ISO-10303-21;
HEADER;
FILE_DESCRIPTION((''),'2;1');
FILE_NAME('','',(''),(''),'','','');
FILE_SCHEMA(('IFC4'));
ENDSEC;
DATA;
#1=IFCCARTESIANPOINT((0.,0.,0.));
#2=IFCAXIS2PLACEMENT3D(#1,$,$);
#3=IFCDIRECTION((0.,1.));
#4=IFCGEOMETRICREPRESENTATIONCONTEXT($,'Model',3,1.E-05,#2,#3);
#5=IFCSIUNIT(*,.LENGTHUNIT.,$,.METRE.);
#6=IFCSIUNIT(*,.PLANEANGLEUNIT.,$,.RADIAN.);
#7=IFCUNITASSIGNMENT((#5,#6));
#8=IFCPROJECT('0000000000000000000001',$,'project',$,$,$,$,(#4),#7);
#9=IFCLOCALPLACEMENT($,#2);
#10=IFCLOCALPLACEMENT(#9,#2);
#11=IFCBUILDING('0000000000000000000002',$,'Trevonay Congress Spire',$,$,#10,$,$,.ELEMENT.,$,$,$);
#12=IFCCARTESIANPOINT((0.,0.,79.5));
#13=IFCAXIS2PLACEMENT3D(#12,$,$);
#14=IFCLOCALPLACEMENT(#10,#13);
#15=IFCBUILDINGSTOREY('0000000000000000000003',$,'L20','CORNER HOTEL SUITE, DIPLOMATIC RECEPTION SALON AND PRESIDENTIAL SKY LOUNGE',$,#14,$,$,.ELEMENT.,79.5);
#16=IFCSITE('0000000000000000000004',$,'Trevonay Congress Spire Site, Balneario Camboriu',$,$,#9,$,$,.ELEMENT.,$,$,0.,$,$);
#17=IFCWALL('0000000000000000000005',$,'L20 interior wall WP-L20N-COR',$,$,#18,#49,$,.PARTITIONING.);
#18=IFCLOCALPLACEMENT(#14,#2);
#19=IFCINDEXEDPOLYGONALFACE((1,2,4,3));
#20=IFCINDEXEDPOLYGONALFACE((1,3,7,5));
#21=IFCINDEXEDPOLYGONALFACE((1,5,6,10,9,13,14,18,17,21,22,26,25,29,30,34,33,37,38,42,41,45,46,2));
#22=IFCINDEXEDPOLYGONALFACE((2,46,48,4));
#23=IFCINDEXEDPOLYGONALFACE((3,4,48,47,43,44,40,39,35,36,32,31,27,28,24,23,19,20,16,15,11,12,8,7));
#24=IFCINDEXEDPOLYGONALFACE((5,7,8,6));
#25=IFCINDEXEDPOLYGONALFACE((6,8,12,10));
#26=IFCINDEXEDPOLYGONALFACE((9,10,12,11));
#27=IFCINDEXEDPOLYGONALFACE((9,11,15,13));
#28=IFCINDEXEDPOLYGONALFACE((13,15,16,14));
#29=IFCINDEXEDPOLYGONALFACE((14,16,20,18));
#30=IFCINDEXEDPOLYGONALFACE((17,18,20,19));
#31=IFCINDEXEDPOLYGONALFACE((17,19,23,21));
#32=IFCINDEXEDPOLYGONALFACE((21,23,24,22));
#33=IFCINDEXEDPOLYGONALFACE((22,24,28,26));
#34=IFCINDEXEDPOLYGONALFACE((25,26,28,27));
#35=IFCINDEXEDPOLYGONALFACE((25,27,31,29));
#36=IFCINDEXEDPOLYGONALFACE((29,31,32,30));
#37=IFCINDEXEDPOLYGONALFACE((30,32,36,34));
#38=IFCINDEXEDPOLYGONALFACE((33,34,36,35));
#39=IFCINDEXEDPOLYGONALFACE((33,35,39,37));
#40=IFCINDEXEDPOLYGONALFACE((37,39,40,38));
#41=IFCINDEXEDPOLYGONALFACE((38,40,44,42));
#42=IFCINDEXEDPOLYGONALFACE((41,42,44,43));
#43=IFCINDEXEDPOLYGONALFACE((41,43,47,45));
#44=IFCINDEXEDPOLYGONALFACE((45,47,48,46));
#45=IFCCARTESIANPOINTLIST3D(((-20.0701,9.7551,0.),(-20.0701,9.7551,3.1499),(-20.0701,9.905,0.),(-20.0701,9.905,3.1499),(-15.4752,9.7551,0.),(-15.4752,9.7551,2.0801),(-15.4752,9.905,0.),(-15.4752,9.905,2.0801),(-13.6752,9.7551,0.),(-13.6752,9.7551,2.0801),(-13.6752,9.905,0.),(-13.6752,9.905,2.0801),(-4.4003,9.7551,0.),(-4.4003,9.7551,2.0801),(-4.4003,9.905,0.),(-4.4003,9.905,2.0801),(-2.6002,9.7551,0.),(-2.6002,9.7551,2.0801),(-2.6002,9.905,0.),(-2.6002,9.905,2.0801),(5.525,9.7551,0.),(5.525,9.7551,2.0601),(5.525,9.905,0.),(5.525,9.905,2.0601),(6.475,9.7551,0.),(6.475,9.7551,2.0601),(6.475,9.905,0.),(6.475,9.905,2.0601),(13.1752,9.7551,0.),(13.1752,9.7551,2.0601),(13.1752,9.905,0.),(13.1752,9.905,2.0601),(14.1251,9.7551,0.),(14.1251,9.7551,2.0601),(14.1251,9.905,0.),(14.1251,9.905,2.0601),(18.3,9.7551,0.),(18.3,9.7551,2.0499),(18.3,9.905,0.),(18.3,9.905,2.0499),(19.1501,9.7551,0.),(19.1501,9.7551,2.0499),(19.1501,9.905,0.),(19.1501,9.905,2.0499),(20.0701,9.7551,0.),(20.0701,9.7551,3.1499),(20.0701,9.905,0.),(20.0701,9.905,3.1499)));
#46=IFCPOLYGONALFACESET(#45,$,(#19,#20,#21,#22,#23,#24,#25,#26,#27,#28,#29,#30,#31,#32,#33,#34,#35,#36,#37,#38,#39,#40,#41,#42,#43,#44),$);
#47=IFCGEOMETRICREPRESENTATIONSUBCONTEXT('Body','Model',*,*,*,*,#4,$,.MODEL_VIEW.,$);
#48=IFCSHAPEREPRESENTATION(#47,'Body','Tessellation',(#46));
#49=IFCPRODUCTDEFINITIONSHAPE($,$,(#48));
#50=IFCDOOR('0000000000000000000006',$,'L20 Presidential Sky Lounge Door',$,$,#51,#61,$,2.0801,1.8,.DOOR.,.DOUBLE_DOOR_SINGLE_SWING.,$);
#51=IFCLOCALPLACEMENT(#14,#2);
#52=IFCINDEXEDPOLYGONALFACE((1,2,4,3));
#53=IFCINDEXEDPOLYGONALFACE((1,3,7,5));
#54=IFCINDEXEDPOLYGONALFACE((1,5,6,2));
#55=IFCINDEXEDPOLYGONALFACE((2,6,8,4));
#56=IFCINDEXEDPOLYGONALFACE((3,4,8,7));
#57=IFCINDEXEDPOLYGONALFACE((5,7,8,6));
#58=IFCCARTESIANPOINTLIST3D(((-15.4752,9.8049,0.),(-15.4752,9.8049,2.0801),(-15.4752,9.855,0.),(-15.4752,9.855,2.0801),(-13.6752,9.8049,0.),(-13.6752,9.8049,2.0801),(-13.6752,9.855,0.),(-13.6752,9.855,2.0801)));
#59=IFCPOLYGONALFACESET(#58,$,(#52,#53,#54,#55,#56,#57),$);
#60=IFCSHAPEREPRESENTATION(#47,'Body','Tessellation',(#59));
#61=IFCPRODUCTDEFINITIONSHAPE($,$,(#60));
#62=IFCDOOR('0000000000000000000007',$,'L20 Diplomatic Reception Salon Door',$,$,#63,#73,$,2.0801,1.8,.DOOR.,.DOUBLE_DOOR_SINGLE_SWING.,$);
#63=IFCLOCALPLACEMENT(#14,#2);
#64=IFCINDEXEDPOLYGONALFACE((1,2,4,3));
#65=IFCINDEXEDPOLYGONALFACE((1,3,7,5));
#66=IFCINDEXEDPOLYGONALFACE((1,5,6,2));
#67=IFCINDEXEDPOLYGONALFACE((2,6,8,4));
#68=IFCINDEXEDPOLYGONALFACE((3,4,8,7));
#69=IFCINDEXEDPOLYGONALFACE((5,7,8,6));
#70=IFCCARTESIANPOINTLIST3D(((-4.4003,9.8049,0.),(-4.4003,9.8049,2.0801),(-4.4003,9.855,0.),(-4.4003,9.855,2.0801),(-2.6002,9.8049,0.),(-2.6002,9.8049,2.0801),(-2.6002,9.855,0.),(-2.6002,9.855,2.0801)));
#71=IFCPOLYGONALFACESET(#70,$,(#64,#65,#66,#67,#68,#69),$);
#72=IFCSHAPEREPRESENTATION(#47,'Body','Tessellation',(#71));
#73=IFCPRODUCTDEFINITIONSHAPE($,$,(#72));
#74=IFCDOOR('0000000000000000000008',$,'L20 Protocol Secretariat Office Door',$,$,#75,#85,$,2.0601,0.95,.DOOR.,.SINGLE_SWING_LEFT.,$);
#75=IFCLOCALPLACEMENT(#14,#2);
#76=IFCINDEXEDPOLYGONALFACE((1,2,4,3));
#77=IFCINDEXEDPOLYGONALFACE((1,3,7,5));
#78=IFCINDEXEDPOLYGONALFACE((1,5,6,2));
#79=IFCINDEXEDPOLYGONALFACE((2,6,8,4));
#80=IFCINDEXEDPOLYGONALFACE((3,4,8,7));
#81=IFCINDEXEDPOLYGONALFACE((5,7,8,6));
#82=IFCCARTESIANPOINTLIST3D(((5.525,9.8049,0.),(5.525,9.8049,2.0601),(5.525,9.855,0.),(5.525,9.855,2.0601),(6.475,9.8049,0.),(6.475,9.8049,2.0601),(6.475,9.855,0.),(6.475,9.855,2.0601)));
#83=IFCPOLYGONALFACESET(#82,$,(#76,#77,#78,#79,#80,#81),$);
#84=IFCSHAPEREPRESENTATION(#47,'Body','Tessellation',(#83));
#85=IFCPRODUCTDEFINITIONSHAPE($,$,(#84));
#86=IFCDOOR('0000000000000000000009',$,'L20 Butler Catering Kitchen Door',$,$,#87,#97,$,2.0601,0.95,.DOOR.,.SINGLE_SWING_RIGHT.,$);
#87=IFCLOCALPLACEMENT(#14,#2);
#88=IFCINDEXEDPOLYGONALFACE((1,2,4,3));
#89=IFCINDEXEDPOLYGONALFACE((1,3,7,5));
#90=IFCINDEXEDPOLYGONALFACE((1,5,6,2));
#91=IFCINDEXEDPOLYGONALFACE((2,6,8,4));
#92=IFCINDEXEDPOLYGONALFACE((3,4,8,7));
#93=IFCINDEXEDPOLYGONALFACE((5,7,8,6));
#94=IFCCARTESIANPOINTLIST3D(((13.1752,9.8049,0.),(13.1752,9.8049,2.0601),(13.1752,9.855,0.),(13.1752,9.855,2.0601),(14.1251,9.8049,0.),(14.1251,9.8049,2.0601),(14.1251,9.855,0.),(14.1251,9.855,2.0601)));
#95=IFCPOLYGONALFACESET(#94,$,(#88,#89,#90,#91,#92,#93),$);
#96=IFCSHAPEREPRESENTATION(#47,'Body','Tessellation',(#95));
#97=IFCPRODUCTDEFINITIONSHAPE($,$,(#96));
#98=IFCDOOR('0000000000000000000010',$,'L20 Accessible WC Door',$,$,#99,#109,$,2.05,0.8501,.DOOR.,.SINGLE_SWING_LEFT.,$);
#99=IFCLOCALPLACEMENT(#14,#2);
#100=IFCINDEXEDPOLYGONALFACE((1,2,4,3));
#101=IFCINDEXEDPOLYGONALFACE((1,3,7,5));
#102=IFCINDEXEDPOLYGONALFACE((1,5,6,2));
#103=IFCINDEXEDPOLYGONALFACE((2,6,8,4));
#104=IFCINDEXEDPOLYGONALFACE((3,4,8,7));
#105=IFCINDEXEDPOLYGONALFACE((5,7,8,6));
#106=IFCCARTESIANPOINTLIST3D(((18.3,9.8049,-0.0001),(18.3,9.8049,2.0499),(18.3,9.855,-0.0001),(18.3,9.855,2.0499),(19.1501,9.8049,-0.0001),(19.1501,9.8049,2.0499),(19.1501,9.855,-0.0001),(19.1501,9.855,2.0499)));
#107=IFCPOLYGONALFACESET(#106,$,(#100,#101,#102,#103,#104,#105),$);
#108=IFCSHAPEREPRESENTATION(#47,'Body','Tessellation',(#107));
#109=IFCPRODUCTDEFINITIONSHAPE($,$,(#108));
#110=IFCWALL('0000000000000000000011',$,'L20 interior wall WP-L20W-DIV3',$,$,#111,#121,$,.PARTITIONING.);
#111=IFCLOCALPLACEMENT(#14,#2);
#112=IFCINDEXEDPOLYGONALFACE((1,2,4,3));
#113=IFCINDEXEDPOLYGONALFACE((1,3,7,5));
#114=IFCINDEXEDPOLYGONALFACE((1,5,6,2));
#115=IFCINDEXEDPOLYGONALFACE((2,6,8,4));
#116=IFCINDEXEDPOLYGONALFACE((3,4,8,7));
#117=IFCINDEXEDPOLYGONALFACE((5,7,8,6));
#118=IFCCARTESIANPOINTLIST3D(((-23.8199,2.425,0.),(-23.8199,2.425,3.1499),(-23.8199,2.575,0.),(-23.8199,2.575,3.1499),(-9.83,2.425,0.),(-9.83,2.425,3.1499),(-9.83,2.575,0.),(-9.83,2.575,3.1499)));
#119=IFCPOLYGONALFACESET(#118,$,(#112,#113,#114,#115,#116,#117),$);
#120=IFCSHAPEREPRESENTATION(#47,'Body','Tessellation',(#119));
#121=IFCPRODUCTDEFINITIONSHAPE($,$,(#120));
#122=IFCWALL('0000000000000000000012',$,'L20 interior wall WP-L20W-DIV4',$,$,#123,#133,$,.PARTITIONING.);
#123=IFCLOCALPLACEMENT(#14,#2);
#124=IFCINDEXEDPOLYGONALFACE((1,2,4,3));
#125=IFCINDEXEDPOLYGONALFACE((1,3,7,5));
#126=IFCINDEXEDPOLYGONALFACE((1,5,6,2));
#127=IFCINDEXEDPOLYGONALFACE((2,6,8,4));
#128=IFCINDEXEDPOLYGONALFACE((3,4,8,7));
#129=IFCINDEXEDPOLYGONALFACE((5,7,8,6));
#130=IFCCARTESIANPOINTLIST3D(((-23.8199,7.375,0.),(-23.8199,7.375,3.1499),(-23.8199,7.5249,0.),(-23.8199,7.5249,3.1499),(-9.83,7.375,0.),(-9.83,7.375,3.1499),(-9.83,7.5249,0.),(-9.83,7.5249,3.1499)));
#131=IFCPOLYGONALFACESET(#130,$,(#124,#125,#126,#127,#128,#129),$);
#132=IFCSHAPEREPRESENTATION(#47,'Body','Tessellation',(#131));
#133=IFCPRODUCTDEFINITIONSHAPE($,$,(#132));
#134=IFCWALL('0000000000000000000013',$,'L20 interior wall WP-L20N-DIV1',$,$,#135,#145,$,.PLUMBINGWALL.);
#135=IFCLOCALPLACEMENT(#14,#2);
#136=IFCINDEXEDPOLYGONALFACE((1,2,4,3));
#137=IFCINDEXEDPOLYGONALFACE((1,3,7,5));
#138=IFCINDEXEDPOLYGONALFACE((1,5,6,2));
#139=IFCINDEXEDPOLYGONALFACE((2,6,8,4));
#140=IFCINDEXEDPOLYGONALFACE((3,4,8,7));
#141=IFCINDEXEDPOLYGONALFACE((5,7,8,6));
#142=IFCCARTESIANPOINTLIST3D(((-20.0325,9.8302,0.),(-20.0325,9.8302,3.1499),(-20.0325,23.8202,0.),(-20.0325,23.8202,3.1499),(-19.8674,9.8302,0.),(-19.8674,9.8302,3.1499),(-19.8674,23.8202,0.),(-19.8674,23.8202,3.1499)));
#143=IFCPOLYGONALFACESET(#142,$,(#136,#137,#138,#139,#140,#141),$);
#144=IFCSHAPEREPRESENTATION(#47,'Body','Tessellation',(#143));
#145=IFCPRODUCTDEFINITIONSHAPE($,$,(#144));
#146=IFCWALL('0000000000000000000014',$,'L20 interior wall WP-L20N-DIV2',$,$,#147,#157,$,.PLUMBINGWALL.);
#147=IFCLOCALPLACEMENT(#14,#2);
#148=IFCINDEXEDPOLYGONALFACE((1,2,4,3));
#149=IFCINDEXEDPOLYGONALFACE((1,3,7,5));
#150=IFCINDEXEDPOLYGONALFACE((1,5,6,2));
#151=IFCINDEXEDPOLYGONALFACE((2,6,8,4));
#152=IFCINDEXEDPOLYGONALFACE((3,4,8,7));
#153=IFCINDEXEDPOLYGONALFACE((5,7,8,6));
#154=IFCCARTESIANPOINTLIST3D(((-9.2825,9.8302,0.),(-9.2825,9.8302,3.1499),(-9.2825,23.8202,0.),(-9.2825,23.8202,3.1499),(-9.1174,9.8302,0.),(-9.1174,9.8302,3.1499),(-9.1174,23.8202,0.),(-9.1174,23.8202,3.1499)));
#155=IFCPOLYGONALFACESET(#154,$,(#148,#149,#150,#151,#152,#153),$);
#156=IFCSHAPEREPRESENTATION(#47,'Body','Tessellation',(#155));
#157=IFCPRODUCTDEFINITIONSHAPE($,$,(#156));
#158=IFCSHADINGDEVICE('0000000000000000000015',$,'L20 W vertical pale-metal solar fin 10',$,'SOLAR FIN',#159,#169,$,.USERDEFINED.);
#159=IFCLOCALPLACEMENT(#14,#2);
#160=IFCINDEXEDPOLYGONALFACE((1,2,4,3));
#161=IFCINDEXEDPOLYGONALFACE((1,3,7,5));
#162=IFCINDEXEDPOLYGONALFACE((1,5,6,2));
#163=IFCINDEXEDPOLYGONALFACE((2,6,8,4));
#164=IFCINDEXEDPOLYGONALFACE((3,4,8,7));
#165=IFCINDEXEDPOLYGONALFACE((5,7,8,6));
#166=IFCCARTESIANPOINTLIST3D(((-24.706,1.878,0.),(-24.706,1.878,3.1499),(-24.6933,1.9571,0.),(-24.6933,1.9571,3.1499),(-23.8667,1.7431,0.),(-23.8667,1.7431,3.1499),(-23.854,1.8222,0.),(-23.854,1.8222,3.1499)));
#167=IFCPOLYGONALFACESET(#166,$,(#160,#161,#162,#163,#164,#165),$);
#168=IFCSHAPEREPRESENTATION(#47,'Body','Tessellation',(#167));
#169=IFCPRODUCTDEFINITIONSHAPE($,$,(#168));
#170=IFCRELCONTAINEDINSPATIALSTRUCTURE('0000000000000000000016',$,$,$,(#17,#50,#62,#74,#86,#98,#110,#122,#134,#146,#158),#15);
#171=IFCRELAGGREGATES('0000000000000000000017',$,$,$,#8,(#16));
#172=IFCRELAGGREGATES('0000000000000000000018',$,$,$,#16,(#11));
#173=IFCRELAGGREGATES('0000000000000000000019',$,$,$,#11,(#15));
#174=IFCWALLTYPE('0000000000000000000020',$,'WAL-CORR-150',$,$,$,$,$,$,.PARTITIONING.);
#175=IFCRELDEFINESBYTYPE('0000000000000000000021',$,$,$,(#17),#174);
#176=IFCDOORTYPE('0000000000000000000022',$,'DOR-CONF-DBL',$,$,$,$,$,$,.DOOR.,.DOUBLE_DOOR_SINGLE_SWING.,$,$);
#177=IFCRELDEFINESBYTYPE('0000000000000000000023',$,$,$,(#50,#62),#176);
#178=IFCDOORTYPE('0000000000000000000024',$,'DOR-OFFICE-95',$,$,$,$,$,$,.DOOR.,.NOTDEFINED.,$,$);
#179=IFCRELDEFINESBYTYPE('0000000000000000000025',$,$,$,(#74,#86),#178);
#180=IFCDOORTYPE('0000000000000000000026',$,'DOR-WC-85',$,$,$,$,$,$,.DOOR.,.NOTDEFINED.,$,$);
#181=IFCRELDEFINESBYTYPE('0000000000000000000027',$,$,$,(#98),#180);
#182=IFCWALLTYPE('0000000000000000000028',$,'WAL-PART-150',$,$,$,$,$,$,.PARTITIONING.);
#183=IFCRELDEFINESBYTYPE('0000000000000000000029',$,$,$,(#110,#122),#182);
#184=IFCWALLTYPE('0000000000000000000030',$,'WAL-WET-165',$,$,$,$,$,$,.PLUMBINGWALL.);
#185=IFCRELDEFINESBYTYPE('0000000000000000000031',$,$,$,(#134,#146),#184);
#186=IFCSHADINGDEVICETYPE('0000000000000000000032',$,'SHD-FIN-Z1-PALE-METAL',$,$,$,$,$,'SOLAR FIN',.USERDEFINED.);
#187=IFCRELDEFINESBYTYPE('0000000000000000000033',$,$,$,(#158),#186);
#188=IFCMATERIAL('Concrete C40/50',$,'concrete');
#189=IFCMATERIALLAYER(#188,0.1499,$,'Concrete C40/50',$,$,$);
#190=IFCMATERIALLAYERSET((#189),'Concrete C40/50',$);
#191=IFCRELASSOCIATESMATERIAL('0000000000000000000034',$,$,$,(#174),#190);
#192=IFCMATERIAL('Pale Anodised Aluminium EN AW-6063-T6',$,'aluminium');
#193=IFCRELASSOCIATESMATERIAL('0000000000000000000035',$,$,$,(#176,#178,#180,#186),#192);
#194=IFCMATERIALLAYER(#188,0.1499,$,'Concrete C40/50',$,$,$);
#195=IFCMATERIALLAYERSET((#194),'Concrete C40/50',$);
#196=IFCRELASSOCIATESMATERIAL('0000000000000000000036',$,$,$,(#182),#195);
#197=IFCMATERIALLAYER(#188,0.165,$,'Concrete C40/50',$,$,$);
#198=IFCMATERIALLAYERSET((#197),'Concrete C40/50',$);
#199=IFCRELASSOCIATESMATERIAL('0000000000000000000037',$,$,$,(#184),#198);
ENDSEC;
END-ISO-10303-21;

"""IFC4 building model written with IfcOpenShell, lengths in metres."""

from ifc_helpers import new_model, si_unit, direction, frame, frame_2d, origin, origin_2d, place, context, subcontext, project, spatial, rectangle, extrude, material, layer, layer_set, type_object, element, fill, save


model = new_model("IFC4")

# Units and contexts
model_context = context("Model", 3, precision=1e-05, world=origin(), true_north=direction((0.0, 1.0)))
body_context = subcontext(model_context, "Body", "Model", "MODEL_VIEW")
ifc_project = project(units=[si_unit("LENGTHUNIT", "METRE"), si_unit("PLANEANGLEUNIT", "RADIAN")], contexts=[model_context])

# Site, building, storey
site_placement = place(None, origin())
site = spatial("IfcSite", under=ifc_project, at=site_placement, Name="Trevonay Congress Spire Site, Balneario Camboriu", CompositionType="ELEMENT", RefElevation=0.0)
building_placement = place(site_placement, origin())
building = spatial("IfcBuilding", under=site, at=building_placement, Name="Trevonay Congress Spire", CompositionType="ELEMENT")
storey_placement = place(building_placement, frame((0.0, 0.0, 79.5)))
storey = spatial("IfcBuildingStorey", under=building, at=storey_placement, Name="L20", Description="CORNER HOTEL SUITE, DIPLOMATIC RECEPTION SALON AND PRESIDENTIAL SKY LOUNGE", CompositionType="ELEMENT", Elevation=79.5)

# Shared definitions
ifc_material_1 = material(Name="Pale Anodised Aluminium EN AW-6063-T6", Category="aluminium")

# Wall, openings, doors
ifc_material_2 = material(Name="Concrete C40/50", Category="concrete")
ifc_layer_1 = layer(ifc_material_2, 0.1499, Name="Concrete C40/50")
ifc_layer_set_1 = layer_set([ifc_layer_1], Name="Concrete C40/50")
wall_type_1 = type_object("IfcWallType", Name="WAL-CORR-150", PredefinedType="PARTITIONING", material=ifc_layer_set_1)
wall_placement = place(storey_placement, frame((-20.0701, 9.8301, 0.0), z_axis=(0.0, 0.0, 1.0), x_axis=(1.0, 0.0, 0.0)))
wall = element("IfcWall", 1, at=wall_placement, inside=storey, type_object=wall_type_1, Name="L20 interior wall WP-L20N-COR", PredefinedType="PARTITIONING", context=body_context, shape_type="SweptSolid", body=[
    extrude(rectangle(XDim=40.1401, YDim=0.1499, at=frame_2d((20.0701, 0.0))), origin(), (0.0, 0.0, 1.0), 3.1499),
])
opening_1_placement = place(wall_placement, frame((4.595, 0.0, 0.0)))
opening_1 = element("IfcOpeningElement", 2, at=opening_1_placement, cuts=wall, PredefinedType="OPENING", context=body_context, shape_type="SweptSolid", body=[
    extrude(rectangle(XDim=1.8, YDim=2.0801, at=frame_2d((0.8999, 1.04))), frame((0.0, 0.085, 0.0), z_axis=(0.0, -1.0, 0.0), x_axis=(1.0, 0.0, 0.0)), (0.0, 0.0, 1.0), 0.1699),
])
opening_2_placement = place(wall_placement, frame((15.6699, 0.0, 0.0)))
opening_2 = element("IfcOpeningElement", 3, at=opening_2_placement, cuts=wall, PredefinedType="OPENING", context=body_context, shape_type="SweptSolid", body=[
    extrude(rectangle(XDim=1.8, YDim=2.0801, at=frame_2d((0.8999, 1.04))), frame((0.0, 0.085, 0.0), z_axis=(0.0, -1.0, 0.0), x_axis=(1.0, 0.0, 0.0)), (0.0, 0.0, 1.0), 0.1699),
])
opening_3_placement = place(wall_placement, frame((25.595, 0.0, 0.0)))
opening_3 = element("IfcOpeningElement", 4, at=opening_3_placement, cuts=wall, PredefinedType="OPENING", context=body_context, shape_type="SweptSolid", body=[
    extrude(rectangle(XDim=0.95, YDim=2.0601, at=frame_2d((0.4751, 1.03))), frame((0.0, 0.085, 0.0), z_axis=(0.0, -1.0, 0.0), x_axis=(1.0, 0.0, 0.0)), (0.0, 0.0, 1.0), 0.1699),
])
opening_4_placement = place(wall_placement, frame((33.2451, 0.0, 0.0)))
opening_4 = element("IfcOpeningElement", 5, at=opening_4_placement, cuts=wall, PredefinedType="OPENING", context=body_context, shape_type="SweptSolid", body=[
    extrude(rectangle(XDim=0.95, YDim=2.0601, at=frame_2d((0.4751, 1.03))), frame((0.0, 0.085, 0.0), z_axis=(0.0, -1.0, 0.0), x_axis=(1.0, 0.0, 0.0)), (0.0, 0.0, 1.0), 0.1699),
])
opening_5_placement = place(wall_placement, frame((38.3701, 0.0, 0.0)))
opening_5 = element("IfcOpeningElement", 6, at=opening_5_placement, cuts=wall, PredefinedType="OPENING", context=body_context, shape_type="SweptSolid", body=[
    extrude(rectangle(XDim=0.8501, YDim=2.05, at=frame_2d((0.425, 1.0249))), frame((0.0, 0.085, 0.0), z_axis=(0.0, -1.0, 0.0), x_axis=(1.0, 0.0, 0.0)), (0.0, 0.0, 1.0), 0.1699),
])
door_type_1 = type_object("IfcDoorType", Name="DOR-CONF-DBL", OperationType="DOUBLE_DOOR_SINGLE_SWING", PredefinedType="DOOR", material=ifc_material_1)
door_1_placement = place(opening_1_placement, origin())
door_1 = element("IfcDoor", 7, at=door_1_placement, inside=storey, type_object=door_type_1, Name="L20 Presidential Sky Lounge Door", OperationType="DOUBLE_DOOR_SINGLE_SWING", OverallHeight=2.0801, OverallWidth=1.8, PredefinedType="DOOR", context=body_context, shape_type="SweptSolid", body=[
    extrude(rectangle(XDim=1.8, YDim=2.0801, at=frame_2d((0.8999, 1.04))), frame((0.0, 0.0249, 0.0), z_axis=(0.0, -1.0, 0.0), x_axis=(1.0, 0.0, 0.0)), (0.0, 0.0, 1.0), 0.05),
])
fill(opening_1, door_1)
door_2_placement = place(opening_2_placement, origin())
door_2 = element("IfcDoor", 8, at=door_2_placement, inside=storey, type_object=door_type_1, Name="L20 Diplomatic Reception Salon Door", OperationType="DOUBLE_DOOR_SINGLE_SWING", OverallHeight=2.0801, OverallWidth=1.8, PredefinedType="DOOR", context=body_context, shape_type="SweptSolid", body=[
    extrude(rectangle(XDim=1.8, YDim=2.0801, at=frame_2d((0.8999, 1.04))), frame((0.0, 0.0249, 0.0), z_axis=(0.0, -1.0, 0.0), x_axis=(1.0, 0.0, 0.0)), (0.0, 0.0, 1.0), 0.05),
])
fill(opening_2, door_2)
door_type_2 = type_object("IfcDoorType", Name="DOR-OFFICE-95", OperationType="NOTDEFINED", PredefinedType="DOOR", material=ifc_material_1)
door_3_placement = place(opening_3_placement, origin())
door_3 = element("IfcDoor", 9, at=door_3_placement, inside=storey, type_object=door_type_2, Name="L20 Protocol Secretariat Office Door", OperationType="SINGLE_SWING_LEFT", OverallHeight=2.0601, OverallWidth=0.95, PredefinedType="DOOR", context=body_context, shape_type="SweptSolid", body=[
    extrude(rectangle(XDim=0.95, YDim=2.0601, at=frame_2d((0.4751, 1.03))), frame((0.0, 0.0249, 0.0), z_axis=(0.0, -1.0, 0.0), x_axis=(1.0, 0.0, 0.0)), (0.0, 0.0, 1.0), 0.05),
])
fill(opening_3, door_3)
door_4_placement = place(opening_4_placement, origin())
door_4 = element("IfcDoor", 10, at=door_4_placement, inside=storey, type_object=door_type_2, Name="L20 Butler Catering Kitchen Door", OperationType="SINGLE_SWING_RIGHT", OverallHeight=2.0601, OverallWidth=0.95, PredefinedType="DOOR", context=body_context, shape_type="SweptSolid", body=[
    extrude(rectangle(XDim=0.95, YDim=2.0601, at=frame_2d((0.4751, 1.03))), frame((0.0, 0.0249, 0.0), z_axis=(0.0, -1.0, 0.0), x_axis=(1.0, 0.0, 0.0)), (0.0, 0.0, 1.0), 0.05),
])
fill(opening_4, door_4)
door_type_3 = type_object("IfcDoorType", Name="DOR-WC-85", OperationType="NOTDEFINED", PredefinedType="DOOR", material=ifc_material_1)
door_5_placement = place(opening_5_placement, origin())
door_5 = element("IfcDoor", 11, at=door_5_placement, inside=storey, type_object=door_type_3, Name="L20 Accessible WC Door", OperationType="SINGLE_SWING_LEFT", OverallHeight=2.05, OverallWidth=0.8501, PredefinedType="DOOR", context=body_context, shape_type="SweptSolid", body=[
    extrude(rectangle(XDim=0.8501, YDim=2.05, at=frame_2d((0.425, 1.0249))), frame((0.0, 0.0249, 0.0), z_axis=(0.0, -1.0, 0.0), x_axis=(1.0, 0.0, 0.0)), (0.0, 0.0, 1.0), 0.05),
])
fill(opening_5, door_5)

# Walls
ifc_layer_2 = layer(ifc_material_2, 0.1499, Name="Concrete C40/50")
ifc_layer_set_2 = layer_set([ifc_layer_2], Name="Concrete C40/50")
wall_type_2 = type_object("IfcWallType", Name="WAL-PART-150", PredefinedType="PARTITIONING", material=ifc_layer_set_2)
for number, where, z_axis, x_axis, name in (
    (12, (-23.8201, 2.5, 0.0), (0.0, 0.0, 1.0), (1.0, 0.0, 0.0), "L20 interior wall WP-L20W-DIV3"),
    (13, (-23.8201, 7.45, 0.0), (0.0, 0.0, 1.0), (1.0, 0.0, 0.0), "L20 interior wall WP-L20W-DIV4"),
):
    element("IfcWall", number, at=place(storey_placement, frame(where, z_axis=z_axis, x_axis=x_axis)), inside=storey, type_object=wall_type_2, Name=name, PredefinedType="PARTITIONING", context=body_context, shape_type="SweptSolid", body=[
        extrude(rectangle(XDim=13.99, YDim=0.1499, at=frame_2d((6.9951, 0.0))), origin(), (0.0, 0.0, 1.0), 3.1499),
    ])
ifc_layer_3 = layer(ifc_material_2, 0.165, Name="Concrete C40/50")
ifc_layer_set_3 = layer_set([ifc_layer_3], Name="Concrete C40/50")
wall_type_3 = type_object("IfcWallType", Name="WAL-WET-165", PredefinedType="PLUMBINGWALL", material=ifc_layer_set_3)
for number, where, z_axis, x_axis, name in (
    (14, (-19.95, 9.8301, 0.0), (0.0, 0.0, 1.0), (0.0, 1.0, 0.0), "L20 interior wall WP-L20N-DIV1"),
    (15, (-9.2, 9.8301, 0.0), (0.0, 0.0, 1.0), (0.0, 1.0, 0.0), "L20 interior wall WP-L20N-DIV2"),
):
    element("IfcWall", number, at=place(storey_placement, frame(where, z_axis=z_axis, x_axis=x_axis)), inside=storey, type_object=wall_type_3, Name=name, PredefinedType="PLUMBINGWALL", context=body_context, shape_type="SweptSolid", body=[
        extrude(rectangle(XDim=13.99, YDim=0.165, at=frame_2d((6.9951, 0.0))), origin(), (0.0, 0.0, 1.0), 3.1499),
    ])

# Shading device
shading_device_type = type_object("IfcShadingDeviceType", Name="SHD-FIN-Z1-PALE-METAL", ElementType="SOLAR FIN", PredefinedType="USERDEFINED", material=ifc_material_1)
for number, where, z_axis, x_axis, name in (
    (16, (-24.28, 1.8501, 0.0), (0.0, 0.0, 1.0), (0.158675, 0.987331, 0.0), "L20 W vertical pale-metal solar fin 10"),
):
    element("IfcShadingDevice", number, at=place(storey_placement, frame(where, z_axis=z_axis, x_axis=x_axis)), inside=storey, type_object=shading_device_type, Name=name, ObjectType="SOLAR FIN", PredefinedType="USERDEFINED", context=body_context, shape_type="SweptSolid", body=[
        extrude(rectangle(XDim=0.0801, YDim=0.8501, at=origin_2d()), origin(), (0.0, 0.0, 1.0), 3.1499),
    ])

save(model, "model.ifc")
